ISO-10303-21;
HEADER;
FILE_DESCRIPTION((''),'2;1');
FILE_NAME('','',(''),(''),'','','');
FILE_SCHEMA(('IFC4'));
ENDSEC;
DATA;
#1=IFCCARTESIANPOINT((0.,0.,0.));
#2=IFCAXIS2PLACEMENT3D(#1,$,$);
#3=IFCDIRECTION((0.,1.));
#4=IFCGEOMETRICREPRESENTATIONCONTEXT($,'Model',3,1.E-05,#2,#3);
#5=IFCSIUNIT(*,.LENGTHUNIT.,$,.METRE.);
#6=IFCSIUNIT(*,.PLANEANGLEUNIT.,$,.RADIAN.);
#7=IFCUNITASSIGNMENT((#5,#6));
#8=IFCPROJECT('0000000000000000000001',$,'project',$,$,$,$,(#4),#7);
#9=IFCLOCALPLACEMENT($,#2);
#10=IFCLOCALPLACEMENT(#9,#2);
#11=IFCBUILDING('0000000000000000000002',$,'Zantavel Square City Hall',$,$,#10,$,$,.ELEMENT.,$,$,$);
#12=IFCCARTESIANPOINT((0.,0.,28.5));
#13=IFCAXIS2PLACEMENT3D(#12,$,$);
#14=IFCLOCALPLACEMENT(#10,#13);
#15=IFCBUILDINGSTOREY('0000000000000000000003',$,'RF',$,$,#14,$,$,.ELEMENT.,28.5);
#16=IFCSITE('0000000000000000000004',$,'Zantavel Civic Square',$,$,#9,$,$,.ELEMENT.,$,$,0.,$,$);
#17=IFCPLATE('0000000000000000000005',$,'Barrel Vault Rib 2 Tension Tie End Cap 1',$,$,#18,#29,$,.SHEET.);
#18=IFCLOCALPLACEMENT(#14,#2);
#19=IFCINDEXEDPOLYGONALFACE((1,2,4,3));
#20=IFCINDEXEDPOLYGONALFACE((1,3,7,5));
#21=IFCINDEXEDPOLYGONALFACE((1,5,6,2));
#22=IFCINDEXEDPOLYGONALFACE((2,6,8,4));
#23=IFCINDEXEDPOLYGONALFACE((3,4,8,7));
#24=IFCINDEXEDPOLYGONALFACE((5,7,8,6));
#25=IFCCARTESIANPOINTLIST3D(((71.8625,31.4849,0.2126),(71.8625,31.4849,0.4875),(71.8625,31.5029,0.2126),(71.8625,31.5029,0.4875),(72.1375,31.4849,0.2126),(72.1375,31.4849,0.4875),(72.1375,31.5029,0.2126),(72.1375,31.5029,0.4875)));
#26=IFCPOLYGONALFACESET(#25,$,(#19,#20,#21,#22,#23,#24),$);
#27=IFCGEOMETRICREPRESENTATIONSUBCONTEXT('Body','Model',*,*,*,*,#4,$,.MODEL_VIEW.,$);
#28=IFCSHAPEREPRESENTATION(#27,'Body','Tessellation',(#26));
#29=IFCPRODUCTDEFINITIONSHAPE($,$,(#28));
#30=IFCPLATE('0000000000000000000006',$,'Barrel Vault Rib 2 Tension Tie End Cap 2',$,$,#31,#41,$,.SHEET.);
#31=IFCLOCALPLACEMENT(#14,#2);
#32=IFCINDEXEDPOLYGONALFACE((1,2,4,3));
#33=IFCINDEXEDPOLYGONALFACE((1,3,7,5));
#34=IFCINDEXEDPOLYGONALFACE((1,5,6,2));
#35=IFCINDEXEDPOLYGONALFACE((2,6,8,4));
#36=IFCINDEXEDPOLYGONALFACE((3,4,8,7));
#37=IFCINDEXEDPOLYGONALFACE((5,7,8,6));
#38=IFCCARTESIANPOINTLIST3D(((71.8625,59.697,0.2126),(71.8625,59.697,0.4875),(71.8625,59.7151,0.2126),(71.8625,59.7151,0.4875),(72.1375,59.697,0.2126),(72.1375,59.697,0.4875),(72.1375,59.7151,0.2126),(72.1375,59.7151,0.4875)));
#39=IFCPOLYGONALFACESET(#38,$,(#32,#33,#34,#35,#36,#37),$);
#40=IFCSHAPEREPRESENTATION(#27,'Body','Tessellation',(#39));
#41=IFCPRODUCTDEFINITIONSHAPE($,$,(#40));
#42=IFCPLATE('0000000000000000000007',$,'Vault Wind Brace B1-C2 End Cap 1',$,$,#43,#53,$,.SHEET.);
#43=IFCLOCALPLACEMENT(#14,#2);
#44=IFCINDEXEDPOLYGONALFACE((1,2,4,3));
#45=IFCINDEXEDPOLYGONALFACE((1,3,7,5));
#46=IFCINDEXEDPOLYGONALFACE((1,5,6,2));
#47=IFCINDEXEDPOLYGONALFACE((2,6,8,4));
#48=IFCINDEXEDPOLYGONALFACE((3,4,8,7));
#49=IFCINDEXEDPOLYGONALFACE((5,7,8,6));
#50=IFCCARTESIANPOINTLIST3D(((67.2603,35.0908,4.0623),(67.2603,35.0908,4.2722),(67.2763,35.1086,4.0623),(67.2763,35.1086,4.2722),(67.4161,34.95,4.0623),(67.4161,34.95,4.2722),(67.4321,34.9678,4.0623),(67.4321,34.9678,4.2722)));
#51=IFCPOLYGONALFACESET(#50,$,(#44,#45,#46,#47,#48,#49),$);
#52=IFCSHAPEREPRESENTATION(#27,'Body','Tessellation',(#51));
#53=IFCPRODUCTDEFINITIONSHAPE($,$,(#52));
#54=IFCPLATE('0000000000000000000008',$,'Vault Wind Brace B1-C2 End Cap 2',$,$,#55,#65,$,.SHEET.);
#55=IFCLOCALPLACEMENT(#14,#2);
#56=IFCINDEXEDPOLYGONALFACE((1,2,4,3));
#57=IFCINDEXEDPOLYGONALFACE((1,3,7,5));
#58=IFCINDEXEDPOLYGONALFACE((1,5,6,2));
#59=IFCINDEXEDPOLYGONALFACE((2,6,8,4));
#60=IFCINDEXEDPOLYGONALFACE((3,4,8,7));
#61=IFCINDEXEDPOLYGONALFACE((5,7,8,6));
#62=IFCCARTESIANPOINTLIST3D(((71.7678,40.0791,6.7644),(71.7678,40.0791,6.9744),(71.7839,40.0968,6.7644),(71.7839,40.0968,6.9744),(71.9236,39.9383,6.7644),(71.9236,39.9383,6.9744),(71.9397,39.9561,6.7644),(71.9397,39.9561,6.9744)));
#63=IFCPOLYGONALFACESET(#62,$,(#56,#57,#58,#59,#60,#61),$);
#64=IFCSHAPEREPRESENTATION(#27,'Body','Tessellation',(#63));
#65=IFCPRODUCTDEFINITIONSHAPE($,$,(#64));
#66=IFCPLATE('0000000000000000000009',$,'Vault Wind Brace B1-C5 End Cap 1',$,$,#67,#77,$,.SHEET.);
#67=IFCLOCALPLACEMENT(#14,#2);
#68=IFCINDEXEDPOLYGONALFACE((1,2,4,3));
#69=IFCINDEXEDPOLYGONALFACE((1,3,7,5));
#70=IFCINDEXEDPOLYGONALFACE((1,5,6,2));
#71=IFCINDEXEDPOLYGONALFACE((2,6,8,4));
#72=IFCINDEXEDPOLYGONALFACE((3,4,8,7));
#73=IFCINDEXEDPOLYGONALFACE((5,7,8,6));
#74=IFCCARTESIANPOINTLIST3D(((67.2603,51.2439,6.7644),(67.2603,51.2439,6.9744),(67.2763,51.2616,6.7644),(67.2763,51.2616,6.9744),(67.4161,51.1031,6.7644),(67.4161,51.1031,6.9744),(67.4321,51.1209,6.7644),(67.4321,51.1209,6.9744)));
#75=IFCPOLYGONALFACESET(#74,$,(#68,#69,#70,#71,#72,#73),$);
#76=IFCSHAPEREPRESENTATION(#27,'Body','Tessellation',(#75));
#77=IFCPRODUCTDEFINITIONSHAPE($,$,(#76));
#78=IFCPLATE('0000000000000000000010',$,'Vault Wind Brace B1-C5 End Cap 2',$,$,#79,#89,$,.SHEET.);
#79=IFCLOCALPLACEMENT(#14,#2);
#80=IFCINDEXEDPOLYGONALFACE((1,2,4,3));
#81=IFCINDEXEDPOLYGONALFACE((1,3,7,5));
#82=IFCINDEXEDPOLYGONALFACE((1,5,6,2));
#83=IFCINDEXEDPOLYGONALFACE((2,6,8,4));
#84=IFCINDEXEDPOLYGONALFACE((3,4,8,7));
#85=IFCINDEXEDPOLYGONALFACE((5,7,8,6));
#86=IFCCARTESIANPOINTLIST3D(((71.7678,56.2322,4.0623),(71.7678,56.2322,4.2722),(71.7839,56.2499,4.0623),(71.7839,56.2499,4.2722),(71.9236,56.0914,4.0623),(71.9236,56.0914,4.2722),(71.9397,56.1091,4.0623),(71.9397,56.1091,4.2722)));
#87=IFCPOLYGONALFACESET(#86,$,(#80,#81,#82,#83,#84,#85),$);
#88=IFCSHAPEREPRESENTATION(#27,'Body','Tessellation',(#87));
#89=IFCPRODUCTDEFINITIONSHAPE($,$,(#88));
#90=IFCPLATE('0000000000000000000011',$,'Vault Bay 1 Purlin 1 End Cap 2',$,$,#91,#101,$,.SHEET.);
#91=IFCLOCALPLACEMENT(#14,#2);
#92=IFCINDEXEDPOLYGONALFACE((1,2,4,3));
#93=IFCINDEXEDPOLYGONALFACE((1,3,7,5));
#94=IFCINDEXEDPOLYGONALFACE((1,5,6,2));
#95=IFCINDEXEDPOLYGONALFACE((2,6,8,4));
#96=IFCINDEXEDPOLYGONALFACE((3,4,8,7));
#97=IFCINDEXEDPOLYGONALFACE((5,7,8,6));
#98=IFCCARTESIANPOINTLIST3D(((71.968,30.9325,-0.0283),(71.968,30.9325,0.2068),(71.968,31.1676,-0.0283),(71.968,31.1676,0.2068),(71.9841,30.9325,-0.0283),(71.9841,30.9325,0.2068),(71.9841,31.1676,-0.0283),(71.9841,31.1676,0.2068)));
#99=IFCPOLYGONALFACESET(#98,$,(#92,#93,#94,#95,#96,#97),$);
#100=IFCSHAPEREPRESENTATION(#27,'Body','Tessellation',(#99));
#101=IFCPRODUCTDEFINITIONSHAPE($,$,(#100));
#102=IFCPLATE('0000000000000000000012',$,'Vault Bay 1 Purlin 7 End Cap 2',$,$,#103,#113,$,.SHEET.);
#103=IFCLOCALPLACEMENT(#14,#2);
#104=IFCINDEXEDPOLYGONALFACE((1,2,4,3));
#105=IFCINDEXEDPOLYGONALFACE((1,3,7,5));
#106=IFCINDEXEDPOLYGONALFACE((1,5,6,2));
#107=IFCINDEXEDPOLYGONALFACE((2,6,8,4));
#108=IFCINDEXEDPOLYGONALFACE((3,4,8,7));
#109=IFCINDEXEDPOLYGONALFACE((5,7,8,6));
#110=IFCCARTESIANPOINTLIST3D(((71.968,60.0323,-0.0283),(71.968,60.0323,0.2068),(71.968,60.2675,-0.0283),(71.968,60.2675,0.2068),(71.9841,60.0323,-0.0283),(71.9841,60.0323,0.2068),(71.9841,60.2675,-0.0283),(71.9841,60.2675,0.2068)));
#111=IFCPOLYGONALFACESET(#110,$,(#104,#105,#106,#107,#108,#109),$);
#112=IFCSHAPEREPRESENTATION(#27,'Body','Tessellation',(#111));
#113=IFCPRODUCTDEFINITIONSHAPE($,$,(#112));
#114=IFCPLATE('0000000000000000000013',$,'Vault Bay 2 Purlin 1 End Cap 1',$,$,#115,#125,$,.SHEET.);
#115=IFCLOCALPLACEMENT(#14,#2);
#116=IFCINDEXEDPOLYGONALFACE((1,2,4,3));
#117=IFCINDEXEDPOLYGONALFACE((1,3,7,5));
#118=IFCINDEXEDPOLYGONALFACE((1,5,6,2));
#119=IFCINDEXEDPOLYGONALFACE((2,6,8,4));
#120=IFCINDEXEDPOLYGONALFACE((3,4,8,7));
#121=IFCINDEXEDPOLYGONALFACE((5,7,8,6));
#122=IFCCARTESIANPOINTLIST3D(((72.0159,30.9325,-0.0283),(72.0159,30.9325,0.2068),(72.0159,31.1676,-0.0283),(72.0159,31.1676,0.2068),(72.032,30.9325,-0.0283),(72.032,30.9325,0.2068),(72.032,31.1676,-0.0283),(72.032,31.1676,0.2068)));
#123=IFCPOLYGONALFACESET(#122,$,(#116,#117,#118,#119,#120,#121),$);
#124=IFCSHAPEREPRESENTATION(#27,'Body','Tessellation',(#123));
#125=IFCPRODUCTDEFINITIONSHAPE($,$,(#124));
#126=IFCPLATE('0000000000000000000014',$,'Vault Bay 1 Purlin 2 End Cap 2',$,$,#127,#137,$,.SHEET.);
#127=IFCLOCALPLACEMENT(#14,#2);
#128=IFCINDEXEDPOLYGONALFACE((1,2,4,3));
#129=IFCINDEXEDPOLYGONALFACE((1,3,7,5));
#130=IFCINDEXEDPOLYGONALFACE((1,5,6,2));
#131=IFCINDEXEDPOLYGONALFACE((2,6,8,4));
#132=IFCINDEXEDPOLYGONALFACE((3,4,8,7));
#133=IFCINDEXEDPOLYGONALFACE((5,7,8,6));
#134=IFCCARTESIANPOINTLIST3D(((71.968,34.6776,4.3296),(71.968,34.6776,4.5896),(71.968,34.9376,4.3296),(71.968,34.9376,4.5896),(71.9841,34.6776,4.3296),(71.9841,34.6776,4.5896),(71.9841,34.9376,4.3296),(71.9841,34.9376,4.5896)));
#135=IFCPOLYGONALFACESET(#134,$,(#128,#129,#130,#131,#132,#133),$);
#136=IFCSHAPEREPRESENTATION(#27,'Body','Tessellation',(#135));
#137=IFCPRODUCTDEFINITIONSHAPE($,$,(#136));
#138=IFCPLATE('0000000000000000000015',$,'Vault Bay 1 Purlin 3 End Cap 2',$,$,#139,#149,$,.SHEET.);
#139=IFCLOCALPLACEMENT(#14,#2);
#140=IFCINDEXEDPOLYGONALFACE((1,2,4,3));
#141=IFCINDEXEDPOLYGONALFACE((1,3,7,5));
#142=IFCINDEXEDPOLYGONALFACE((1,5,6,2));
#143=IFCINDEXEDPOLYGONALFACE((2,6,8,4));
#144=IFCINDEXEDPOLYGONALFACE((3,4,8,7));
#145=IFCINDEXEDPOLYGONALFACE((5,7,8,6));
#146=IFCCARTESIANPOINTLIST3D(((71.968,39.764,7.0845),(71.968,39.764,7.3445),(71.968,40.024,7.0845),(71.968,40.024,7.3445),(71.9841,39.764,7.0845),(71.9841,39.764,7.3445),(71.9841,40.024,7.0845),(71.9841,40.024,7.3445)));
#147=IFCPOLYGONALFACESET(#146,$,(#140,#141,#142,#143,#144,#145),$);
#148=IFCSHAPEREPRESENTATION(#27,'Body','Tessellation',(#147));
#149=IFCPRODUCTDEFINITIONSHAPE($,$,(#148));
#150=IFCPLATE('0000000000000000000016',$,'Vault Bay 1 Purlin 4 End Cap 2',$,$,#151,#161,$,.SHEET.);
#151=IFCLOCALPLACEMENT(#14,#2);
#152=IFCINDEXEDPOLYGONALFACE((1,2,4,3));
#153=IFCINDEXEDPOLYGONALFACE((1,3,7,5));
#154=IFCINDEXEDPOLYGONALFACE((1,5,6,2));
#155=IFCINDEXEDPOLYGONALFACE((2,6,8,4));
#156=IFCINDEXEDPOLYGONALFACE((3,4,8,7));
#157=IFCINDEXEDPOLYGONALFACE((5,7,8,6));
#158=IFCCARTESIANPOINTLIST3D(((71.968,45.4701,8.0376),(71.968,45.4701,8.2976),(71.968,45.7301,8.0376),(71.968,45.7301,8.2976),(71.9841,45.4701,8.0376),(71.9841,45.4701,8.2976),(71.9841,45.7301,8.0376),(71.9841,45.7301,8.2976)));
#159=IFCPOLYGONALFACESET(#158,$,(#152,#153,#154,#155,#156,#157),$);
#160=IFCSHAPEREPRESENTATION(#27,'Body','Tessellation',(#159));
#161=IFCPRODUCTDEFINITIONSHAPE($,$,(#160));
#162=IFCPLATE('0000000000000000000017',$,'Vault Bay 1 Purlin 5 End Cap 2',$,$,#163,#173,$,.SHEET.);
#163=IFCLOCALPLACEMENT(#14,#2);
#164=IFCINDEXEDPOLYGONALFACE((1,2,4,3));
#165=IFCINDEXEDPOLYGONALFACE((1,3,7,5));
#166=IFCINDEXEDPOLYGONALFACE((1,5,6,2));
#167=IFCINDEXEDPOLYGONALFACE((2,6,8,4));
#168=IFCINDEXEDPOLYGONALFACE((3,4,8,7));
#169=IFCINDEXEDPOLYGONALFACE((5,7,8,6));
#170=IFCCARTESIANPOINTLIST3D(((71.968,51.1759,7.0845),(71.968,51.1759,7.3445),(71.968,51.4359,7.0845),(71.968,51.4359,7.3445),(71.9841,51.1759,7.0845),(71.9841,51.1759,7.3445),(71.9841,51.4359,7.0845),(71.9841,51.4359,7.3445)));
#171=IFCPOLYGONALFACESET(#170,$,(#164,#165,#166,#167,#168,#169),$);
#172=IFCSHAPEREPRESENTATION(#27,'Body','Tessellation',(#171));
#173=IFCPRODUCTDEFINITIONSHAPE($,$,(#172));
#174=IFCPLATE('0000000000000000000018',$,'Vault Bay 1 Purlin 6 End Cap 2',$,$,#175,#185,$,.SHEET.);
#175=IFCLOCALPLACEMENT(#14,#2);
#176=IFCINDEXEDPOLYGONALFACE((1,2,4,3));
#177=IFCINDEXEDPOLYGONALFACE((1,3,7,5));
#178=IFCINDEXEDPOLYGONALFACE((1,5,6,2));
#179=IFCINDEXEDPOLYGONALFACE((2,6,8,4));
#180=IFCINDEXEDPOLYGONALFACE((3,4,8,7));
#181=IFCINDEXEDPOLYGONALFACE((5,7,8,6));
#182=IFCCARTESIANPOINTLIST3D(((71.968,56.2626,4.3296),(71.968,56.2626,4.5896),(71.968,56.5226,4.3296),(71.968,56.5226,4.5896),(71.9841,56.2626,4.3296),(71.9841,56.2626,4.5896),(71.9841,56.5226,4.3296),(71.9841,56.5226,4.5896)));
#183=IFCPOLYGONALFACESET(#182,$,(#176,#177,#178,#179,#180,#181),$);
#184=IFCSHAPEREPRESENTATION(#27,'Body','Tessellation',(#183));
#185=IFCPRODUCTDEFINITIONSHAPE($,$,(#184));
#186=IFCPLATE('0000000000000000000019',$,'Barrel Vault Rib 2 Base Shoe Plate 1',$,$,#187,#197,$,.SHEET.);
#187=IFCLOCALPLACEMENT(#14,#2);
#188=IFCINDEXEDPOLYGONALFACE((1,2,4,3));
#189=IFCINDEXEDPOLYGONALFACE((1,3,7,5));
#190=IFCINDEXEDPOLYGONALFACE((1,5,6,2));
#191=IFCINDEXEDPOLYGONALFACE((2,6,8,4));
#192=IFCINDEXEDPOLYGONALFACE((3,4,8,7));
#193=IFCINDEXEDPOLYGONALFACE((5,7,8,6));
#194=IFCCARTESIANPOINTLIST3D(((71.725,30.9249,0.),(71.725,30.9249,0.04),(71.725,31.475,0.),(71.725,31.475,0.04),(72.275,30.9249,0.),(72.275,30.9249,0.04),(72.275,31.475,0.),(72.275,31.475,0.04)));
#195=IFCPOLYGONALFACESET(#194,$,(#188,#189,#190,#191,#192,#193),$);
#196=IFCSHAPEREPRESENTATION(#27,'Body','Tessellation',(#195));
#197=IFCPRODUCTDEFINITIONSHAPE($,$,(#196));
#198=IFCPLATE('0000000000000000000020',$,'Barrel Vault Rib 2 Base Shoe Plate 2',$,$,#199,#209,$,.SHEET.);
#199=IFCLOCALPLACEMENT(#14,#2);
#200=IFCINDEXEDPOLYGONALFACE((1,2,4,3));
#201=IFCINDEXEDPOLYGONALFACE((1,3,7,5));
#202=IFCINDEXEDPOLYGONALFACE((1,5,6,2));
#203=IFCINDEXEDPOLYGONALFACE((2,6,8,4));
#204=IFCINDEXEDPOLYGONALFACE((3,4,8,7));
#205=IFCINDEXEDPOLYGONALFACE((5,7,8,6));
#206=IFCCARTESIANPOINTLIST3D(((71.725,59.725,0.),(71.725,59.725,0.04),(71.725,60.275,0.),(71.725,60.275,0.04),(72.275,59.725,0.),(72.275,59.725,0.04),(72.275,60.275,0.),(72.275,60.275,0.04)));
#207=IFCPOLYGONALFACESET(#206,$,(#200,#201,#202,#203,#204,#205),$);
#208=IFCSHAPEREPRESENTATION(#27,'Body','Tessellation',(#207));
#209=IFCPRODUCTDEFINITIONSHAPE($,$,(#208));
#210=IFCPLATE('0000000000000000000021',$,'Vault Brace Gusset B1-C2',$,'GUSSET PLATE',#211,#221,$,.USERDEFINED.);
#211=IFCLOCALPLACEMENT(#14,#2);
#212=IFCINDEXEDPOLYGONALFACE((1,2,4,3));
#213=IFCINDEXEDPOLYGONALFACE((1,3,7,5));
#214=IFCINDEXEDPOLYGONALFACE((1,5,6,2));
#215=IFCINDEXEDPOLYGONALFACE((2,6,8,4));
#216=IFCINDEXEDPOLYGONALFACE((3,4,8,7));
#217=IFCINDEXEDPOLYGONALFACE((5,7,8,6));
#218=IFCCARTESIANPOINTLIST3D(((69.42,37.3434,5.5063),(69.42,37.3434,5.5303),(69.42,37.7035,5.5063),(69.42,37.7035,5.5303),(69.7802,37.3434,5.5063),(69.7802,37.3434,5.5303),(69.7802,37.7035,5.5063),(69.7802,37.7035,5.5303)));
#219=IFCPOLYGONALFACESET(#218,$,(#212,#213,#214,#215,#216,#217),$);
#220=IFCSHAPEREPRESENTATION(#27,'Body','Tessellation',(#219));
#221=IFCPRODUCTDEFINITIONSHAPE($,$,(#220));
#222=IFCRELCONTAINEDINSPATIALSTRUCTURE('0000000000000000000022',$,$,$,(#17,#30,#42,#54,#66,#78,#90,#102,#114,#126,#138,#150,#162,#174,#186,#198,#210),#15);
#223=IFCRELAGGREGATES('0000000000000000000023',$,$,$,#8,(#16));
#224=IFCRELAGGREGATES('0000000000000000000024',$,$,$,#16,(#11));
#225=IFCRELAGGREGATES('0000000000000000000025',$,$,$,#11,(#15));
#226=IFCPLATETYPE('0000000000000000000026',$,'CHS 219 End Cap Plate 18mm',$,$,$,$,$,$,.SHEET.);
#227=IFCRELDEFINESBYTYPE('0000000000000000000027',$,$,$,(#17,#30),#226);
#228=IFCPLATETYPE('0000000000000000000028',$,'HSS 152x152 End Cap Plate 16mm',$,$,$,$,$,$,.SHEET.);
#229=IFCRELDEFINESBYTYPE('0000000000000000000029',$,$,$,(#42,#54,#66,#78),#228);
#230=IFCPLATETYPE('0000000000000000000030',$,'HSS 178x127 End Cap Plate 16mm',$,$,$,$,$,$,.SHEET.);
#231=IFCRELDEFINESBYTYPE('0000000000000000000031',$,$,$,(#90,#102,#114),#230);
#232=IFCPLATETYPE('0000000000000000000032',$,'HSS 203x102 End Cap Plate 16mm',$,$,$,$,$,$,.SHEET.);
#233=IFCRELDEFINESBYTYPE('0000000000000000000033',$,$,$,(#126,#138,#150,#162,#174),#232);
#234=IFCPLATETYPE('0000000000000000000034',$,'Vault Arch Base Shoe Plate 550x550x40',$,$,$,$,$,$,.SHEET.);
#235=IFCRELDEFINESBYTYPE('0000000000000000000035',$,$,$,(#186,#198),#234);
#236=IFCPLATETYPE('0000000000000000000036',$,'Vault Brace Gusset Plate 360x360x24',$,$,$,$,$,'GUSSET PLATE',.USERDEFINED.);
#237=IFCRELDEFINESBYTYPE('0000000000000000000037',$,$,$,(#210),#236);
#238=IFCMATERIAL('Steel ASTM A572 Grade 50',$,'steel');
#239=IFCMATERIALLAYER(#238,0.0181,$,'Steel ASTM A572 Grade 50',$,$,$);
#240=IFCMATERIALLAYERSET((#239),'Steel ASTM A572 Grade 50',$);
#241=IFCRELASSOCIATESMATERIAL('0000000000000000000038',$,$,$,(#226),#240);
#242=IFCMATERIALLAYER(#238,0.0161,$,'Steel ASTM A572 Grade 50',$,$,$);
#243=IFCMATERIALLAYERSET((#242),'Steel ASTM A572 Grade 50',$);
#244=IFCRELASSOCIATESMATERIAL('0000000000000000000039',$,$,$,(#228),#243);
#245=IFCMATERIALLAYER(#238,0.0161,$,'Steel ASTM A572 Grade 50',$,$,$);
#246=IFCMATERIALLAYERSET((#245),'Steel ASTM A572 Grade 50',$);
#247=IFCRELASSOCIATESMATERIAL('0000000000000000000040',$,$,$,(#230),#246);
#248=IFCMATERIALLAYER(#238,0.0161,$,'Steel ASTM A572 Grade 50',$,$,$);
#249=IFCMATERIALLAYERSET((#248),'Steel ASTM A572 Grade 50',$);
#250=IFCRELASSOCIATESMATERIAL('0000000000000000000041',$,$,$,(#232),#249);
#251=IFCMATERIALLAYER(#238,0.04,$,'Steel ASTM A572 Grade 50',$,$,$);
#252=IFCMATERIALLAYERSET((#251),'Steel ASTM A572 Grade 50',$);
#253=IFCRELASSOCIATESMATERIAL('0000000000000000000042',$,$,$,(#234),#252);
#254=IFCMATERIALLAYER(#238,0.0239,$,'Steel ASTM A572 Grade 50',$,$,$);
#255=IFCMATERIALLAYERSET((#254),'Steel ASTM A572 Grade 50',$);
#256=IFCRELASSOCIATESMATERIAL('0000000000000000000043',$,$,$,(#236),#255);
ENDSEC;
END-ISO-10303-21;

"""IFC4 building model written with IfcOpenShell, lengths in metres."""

from ifc_helpers import new_model, si_unit, direction, frame, origin, origin_2d, place, context, subcontext, project, spatial, rectangle, extrude, material, layer, layer_set, type_object, element, save


model = new_model("IFC4")

# Units and contexts
model_context = context("Model", 3, precision=1e-05, world=origin(), true_north=direction((0.0, 1.0)))
body_context = subcontext(model_context, "Body", "Model", "MODEL_VIEW")
ifc_project = project(units=[si_unit("LENGTHUNIT", "METRE"), si_unit("PLANEANGLEUNIT", "RADIAN")], contexts=[model_context])

# Site, building, storey
site_placement = place(None, origin())
site = spatial("IfcSite", under=ifc_project, at=site_placement, Name="Zantavel Civic Square", CompositionType="ELEMENT", RefElevation=0.0)
building_placement = place(site_placement, origin())
building = spatial("IfcBuilding", under=site, at=building_placement, Name="Zantavel Square City Hall", CompositionType="ELEMENT")
storey_placement = place(building_placement, frame((0.0, 0.0, 28.5)))
storey = spatial("IfcBuildingStorey", under=building, at=storey_placement, Name="RF", CompositionType="ELEMENT", Elevation=28.5)

# Plates
ifc_material_1 = material(Name="Steel ASTM A572 Grade 50", Category="steel")
ifc_layer_1 = layer(ifc_material_1, 0.0181, Name="Steel ASTM A572 Grade 50")
ifc_layer_set_1 = layer_set([ifc_layer_1], Name="Steel ASTM A572 Grade 50")
plate_type_1 = type_object("IfcPlateType", Name="CHS 219 End Cap Plate 18mm", PredefinedType="SHEET", material=ifc_layer_set_1)
for number, where, z_axis, x_axis, name in (
    (1, (72.0, 31.4939, 0.2126), (0.0, 0.0, 1.0), (0.0, 1.0, 0.0), "Barrel Vault Rib 2 Tension Tie End Cap 1"),
    (2, (72.0, 59.7061, 0.2126), (0.0, 0.0, 1.0), (0.0, 1.0, 0.0), "Barrel Vault Rib 2 Tension Tie End Cap 2"),
):
    element("IfcPlate", number, at=place(storey_placement, frame(where, z_axis=z_axis, x_axis=x_axis)), inside=storey, type_object=plate_type_1, Name=name, PredefinedType="SHEET", context=body_context, shape_type="SweptSolid", body=[
        extrude(rectangle(XDim=0.0181, YDim=0.2749, at=origin_2d()), origin(), (0.0, 0.0, 1.0), 0.2749),
    ])
ifc_layer_2 = layer(ifc_material_1, 0.0161, Name="Steel ASTM A572 Grade 50")
ifc_layer_set_2 = layer_set([ifc_layer_2], Name="Steel ASTM A572 Grade 50")
plate_type_2 = type_object("IfcPlateType", Name="HSS 152x152 End Cap Plate 16mm", PredefinedType="SHEET", material=ifc_layer_set_2)
for number, where, z_axis, x_axis, name in (
    (3, (67.3462, 35.0293, 4.0623), (0.0, 0.0, 1.0), (0.670438, 0.741966, 0.0), "Vault Wind Brace B1-C2 End Cap 1"),
    (4, (71.8538, 40.0176, 6.7644), (0.0, 0.0, 1.0), (0.670438, 0.741966, 0.0), "Vault Wind Brace B1-C2 End Cap 2"),
    (5, (67.3462, 51.1824, 6.7644), (0.0, 0.0, 1.0), (0.670438, 0.741966, 0.0), "Vault Wind Brace B1-C5 End Cap 1"),
    (6, (71.8538, 56.1707, 4.0623), (0.0, 0.0, 1.0), (0.670438, 0.741966, 0.0), "Vault Wind Brace B1-C5 End Cap 2"),
):
    element("IfcPlate", number, at=place(storey_placement, frame(where, z_axis=z_axis, x_axis=x_axis)), inside=storey, type_object=plate_type_2, Name=name, PredefinedType="SHEET", context=body_context, shape_type="SweptSolid", body=[
        extrude(rectangle(XDim=0.0239, YDim=0.21, at=origin_2d()), origin(), (0.0, 0.0, 1.0), 0.21),
    ])
ifc_layer_3 = layer(ifc_material_1, 0.0161, Name="Steel ASTM A572 Grade 50")
ifc_layer_set_3 = layer_set([ifc_layer_3], Name="Steel ASTM A572 Grade 50")
plate_type_3 = type_object("IfcPlateType", Name="HSS 178x127 End Cap Plate 16mm", PredefinedType="SHEET", material=ifc_layer_set_3)
for number, where, z_axis, x_axis, name in (
    (7, (71.9761, 31.05, -0.0283), (0.0, 0.0, 1.0), (1.0, 0.0, 0.0), "Vault Bay 1 Purlin 1 End Cap 2"),
    (8, (71.9761, 60.1499, -0.0283), (0.0, 0.0, 1.0), (1.0, 0.0, 0.0), "Vault Bay 1 Purlin 7 End Cap 2"),
    (9, (72.0239, 31.05, -0.0283), (0.0, 0.0, 1.0), (1.0, 0.0, 0.0), "Vault Bay 2 Purlin 1 End Cap 1"),
):
    element("IfcPlate", number, at=place(storey_placement, frame(where, z_axis=z_axis, x_axis=x_axis)), inside=storey, type_object=plate_type_3, Name=name, PredefinedType="SHEET", context=body_context, shape_type="SweptSolid", body=[
        extrude(rectangle(XDim=0.0161, YDim=0.2351, at=origin_2d()), origin(), (0.0, 0.0, 1.0), 0.2351),
    ])
ifc_layer_4 = layer(ifc_material_1, 0.0161, Name="Steel ASTM A572 Grade 50")
ifc_layer_set_4 = layer_set([ifc_layer_4], Name="Steel ASTM A572 Grade 50")
plate_type_4 = type_object("IfcPlateType", Name="HSS 203x102 End Cap Plate 16mm", PredefinedType="SHEET", material=ifc_layer_set_4)
for number, where, z_axis, x_axis, name in (
    (10, (71.9761, 34.8076, 4.3296), (0.0, 0.0, 1.0), (1.0, 0.0, 0.0), "Vault Bay 1 Purlin 2 End Cap 2"),
    (11, (71.9761, 39.894, 7.0845), (0.0, 0.0, 1.0), (1.0, 0.0, 0.0), "Vault Bay 1 Purlin 3 End Cap 2"),
    (12, (71.9761, 45.6001, 8.0376), (0.0, 0.0, 1.0), (1.0, 0.0, 0.0), "Vault Bay 1 Purlin 4 End Cap 2"),
    (13, (71.9761, 51.3059, 7.0845), (0.0, 0.0, 1.0), (1.0, 0.0, 0.0), "Vault Bay 1 Purlin 5 End Cap 2"),
    (14, (71.9761, 56.3926, 4.3296), (0.0, 0.0, 1.0), (1.0, 0.0, 0.0), "Vault Bay 1 Purlin 6 End Cap 2"),
):
    element("IfcPlate", number, at=place(storey_placement, frame(where, z_axis=z_axis, x_axis=x_axis)), inside=storey, type_object=plate_type_4, Name=name, PredefinedType="SHEET", context=body_context, shape_type="SweptSolid", body=[
        extrude(rectangle(XDim=0.0161, YDim=0.26, at=origin_2d()), origin(), (0.0, 0.0, 1.0), 0.26),
    ])
ifc_layer_5 = layer(ifc_material_1, 0.04, Name="Steel ASTM A572 Grade 50")
ifc_layer_set_5 = layer_set([ifc_layer_5], Name="Steel ASTM A572 Grade 50")
plate_type_5 = type_object("IfcPlateType", Name="Vault Arch Base Shoe Plate 550x550x40", PredefinedType="SHEET", material=ifc_layer_set_5)
for number, where, z_axis, x_axis, name in (
    (15, (72.0, 31.2, 0.0), (0.0, 0.0, 1.0), (1.0, 0.0, 0.0), "Barrel Vault Rib 2 Base Shoe Plate 1"),
    (16, (72.0, 60.0, 0.0), (0.0, 0.0, 1.0), (1.0, 0.0, 0.0), "Barrel Vault Rib 2 Base Shoe Plate 2"),
):
    element("IfcPlate", number, at=place(storey_placement, frame(where, z_axis=z_axis, x_axis=x_axis)), inside=storey, type_object=plate_type_5, Name=name, PredefinedType="SHEET", context=body_context, shape_type="SweptSolid", body=[
        extrude(rectangle(XDim=0.55, YDim=0.55, at=origin_2d()), origin(), (0.0, 0.0, 1.0), 0.04),
    ])
ifc_layer_6 = layer(ifc_material_1, 0.0239, Name="Steel ASTM A572 Grade 50")
ifc_layer_set_6 = layer_set([ifc_layer_6], Name="Steel ASTM A572 Grade 50")
plate_type_6 = type_object("IfcPlateType", Name="Vault Brace Gusset Plate 360x360x24", ElementType="GUSSET PLATE", PredefinedType="USERDEFINED", material=ifc_layer_set_6)
for number, where, z_axis, x_axis, name in (
    (17, (69.6001, 37.5234, 5.5063), (0.0, 0.0, 1.0), (1.0, 0.0, 0.0), "Vault Brace Gusset B1-C2"),
):
    element("IfcPlate", number, at=place(storey_placement, frame(where, z_axis=z_axis, x_axis=x_axis)), inside=storey, type_object=plate_type_6, Name=name, ObjectType="GUSSET PLATE", PredefinedType="USERDEFINED", context=body_context, shape_type="SweptSolid", body=[
        extrude(rectangle(XDim=0.3601, YDim=0.3601, at=origin_2d()), origin(), (0.0, 0.0, 1.0), 0.0239),
    ])

save(model, "model.ifc")
